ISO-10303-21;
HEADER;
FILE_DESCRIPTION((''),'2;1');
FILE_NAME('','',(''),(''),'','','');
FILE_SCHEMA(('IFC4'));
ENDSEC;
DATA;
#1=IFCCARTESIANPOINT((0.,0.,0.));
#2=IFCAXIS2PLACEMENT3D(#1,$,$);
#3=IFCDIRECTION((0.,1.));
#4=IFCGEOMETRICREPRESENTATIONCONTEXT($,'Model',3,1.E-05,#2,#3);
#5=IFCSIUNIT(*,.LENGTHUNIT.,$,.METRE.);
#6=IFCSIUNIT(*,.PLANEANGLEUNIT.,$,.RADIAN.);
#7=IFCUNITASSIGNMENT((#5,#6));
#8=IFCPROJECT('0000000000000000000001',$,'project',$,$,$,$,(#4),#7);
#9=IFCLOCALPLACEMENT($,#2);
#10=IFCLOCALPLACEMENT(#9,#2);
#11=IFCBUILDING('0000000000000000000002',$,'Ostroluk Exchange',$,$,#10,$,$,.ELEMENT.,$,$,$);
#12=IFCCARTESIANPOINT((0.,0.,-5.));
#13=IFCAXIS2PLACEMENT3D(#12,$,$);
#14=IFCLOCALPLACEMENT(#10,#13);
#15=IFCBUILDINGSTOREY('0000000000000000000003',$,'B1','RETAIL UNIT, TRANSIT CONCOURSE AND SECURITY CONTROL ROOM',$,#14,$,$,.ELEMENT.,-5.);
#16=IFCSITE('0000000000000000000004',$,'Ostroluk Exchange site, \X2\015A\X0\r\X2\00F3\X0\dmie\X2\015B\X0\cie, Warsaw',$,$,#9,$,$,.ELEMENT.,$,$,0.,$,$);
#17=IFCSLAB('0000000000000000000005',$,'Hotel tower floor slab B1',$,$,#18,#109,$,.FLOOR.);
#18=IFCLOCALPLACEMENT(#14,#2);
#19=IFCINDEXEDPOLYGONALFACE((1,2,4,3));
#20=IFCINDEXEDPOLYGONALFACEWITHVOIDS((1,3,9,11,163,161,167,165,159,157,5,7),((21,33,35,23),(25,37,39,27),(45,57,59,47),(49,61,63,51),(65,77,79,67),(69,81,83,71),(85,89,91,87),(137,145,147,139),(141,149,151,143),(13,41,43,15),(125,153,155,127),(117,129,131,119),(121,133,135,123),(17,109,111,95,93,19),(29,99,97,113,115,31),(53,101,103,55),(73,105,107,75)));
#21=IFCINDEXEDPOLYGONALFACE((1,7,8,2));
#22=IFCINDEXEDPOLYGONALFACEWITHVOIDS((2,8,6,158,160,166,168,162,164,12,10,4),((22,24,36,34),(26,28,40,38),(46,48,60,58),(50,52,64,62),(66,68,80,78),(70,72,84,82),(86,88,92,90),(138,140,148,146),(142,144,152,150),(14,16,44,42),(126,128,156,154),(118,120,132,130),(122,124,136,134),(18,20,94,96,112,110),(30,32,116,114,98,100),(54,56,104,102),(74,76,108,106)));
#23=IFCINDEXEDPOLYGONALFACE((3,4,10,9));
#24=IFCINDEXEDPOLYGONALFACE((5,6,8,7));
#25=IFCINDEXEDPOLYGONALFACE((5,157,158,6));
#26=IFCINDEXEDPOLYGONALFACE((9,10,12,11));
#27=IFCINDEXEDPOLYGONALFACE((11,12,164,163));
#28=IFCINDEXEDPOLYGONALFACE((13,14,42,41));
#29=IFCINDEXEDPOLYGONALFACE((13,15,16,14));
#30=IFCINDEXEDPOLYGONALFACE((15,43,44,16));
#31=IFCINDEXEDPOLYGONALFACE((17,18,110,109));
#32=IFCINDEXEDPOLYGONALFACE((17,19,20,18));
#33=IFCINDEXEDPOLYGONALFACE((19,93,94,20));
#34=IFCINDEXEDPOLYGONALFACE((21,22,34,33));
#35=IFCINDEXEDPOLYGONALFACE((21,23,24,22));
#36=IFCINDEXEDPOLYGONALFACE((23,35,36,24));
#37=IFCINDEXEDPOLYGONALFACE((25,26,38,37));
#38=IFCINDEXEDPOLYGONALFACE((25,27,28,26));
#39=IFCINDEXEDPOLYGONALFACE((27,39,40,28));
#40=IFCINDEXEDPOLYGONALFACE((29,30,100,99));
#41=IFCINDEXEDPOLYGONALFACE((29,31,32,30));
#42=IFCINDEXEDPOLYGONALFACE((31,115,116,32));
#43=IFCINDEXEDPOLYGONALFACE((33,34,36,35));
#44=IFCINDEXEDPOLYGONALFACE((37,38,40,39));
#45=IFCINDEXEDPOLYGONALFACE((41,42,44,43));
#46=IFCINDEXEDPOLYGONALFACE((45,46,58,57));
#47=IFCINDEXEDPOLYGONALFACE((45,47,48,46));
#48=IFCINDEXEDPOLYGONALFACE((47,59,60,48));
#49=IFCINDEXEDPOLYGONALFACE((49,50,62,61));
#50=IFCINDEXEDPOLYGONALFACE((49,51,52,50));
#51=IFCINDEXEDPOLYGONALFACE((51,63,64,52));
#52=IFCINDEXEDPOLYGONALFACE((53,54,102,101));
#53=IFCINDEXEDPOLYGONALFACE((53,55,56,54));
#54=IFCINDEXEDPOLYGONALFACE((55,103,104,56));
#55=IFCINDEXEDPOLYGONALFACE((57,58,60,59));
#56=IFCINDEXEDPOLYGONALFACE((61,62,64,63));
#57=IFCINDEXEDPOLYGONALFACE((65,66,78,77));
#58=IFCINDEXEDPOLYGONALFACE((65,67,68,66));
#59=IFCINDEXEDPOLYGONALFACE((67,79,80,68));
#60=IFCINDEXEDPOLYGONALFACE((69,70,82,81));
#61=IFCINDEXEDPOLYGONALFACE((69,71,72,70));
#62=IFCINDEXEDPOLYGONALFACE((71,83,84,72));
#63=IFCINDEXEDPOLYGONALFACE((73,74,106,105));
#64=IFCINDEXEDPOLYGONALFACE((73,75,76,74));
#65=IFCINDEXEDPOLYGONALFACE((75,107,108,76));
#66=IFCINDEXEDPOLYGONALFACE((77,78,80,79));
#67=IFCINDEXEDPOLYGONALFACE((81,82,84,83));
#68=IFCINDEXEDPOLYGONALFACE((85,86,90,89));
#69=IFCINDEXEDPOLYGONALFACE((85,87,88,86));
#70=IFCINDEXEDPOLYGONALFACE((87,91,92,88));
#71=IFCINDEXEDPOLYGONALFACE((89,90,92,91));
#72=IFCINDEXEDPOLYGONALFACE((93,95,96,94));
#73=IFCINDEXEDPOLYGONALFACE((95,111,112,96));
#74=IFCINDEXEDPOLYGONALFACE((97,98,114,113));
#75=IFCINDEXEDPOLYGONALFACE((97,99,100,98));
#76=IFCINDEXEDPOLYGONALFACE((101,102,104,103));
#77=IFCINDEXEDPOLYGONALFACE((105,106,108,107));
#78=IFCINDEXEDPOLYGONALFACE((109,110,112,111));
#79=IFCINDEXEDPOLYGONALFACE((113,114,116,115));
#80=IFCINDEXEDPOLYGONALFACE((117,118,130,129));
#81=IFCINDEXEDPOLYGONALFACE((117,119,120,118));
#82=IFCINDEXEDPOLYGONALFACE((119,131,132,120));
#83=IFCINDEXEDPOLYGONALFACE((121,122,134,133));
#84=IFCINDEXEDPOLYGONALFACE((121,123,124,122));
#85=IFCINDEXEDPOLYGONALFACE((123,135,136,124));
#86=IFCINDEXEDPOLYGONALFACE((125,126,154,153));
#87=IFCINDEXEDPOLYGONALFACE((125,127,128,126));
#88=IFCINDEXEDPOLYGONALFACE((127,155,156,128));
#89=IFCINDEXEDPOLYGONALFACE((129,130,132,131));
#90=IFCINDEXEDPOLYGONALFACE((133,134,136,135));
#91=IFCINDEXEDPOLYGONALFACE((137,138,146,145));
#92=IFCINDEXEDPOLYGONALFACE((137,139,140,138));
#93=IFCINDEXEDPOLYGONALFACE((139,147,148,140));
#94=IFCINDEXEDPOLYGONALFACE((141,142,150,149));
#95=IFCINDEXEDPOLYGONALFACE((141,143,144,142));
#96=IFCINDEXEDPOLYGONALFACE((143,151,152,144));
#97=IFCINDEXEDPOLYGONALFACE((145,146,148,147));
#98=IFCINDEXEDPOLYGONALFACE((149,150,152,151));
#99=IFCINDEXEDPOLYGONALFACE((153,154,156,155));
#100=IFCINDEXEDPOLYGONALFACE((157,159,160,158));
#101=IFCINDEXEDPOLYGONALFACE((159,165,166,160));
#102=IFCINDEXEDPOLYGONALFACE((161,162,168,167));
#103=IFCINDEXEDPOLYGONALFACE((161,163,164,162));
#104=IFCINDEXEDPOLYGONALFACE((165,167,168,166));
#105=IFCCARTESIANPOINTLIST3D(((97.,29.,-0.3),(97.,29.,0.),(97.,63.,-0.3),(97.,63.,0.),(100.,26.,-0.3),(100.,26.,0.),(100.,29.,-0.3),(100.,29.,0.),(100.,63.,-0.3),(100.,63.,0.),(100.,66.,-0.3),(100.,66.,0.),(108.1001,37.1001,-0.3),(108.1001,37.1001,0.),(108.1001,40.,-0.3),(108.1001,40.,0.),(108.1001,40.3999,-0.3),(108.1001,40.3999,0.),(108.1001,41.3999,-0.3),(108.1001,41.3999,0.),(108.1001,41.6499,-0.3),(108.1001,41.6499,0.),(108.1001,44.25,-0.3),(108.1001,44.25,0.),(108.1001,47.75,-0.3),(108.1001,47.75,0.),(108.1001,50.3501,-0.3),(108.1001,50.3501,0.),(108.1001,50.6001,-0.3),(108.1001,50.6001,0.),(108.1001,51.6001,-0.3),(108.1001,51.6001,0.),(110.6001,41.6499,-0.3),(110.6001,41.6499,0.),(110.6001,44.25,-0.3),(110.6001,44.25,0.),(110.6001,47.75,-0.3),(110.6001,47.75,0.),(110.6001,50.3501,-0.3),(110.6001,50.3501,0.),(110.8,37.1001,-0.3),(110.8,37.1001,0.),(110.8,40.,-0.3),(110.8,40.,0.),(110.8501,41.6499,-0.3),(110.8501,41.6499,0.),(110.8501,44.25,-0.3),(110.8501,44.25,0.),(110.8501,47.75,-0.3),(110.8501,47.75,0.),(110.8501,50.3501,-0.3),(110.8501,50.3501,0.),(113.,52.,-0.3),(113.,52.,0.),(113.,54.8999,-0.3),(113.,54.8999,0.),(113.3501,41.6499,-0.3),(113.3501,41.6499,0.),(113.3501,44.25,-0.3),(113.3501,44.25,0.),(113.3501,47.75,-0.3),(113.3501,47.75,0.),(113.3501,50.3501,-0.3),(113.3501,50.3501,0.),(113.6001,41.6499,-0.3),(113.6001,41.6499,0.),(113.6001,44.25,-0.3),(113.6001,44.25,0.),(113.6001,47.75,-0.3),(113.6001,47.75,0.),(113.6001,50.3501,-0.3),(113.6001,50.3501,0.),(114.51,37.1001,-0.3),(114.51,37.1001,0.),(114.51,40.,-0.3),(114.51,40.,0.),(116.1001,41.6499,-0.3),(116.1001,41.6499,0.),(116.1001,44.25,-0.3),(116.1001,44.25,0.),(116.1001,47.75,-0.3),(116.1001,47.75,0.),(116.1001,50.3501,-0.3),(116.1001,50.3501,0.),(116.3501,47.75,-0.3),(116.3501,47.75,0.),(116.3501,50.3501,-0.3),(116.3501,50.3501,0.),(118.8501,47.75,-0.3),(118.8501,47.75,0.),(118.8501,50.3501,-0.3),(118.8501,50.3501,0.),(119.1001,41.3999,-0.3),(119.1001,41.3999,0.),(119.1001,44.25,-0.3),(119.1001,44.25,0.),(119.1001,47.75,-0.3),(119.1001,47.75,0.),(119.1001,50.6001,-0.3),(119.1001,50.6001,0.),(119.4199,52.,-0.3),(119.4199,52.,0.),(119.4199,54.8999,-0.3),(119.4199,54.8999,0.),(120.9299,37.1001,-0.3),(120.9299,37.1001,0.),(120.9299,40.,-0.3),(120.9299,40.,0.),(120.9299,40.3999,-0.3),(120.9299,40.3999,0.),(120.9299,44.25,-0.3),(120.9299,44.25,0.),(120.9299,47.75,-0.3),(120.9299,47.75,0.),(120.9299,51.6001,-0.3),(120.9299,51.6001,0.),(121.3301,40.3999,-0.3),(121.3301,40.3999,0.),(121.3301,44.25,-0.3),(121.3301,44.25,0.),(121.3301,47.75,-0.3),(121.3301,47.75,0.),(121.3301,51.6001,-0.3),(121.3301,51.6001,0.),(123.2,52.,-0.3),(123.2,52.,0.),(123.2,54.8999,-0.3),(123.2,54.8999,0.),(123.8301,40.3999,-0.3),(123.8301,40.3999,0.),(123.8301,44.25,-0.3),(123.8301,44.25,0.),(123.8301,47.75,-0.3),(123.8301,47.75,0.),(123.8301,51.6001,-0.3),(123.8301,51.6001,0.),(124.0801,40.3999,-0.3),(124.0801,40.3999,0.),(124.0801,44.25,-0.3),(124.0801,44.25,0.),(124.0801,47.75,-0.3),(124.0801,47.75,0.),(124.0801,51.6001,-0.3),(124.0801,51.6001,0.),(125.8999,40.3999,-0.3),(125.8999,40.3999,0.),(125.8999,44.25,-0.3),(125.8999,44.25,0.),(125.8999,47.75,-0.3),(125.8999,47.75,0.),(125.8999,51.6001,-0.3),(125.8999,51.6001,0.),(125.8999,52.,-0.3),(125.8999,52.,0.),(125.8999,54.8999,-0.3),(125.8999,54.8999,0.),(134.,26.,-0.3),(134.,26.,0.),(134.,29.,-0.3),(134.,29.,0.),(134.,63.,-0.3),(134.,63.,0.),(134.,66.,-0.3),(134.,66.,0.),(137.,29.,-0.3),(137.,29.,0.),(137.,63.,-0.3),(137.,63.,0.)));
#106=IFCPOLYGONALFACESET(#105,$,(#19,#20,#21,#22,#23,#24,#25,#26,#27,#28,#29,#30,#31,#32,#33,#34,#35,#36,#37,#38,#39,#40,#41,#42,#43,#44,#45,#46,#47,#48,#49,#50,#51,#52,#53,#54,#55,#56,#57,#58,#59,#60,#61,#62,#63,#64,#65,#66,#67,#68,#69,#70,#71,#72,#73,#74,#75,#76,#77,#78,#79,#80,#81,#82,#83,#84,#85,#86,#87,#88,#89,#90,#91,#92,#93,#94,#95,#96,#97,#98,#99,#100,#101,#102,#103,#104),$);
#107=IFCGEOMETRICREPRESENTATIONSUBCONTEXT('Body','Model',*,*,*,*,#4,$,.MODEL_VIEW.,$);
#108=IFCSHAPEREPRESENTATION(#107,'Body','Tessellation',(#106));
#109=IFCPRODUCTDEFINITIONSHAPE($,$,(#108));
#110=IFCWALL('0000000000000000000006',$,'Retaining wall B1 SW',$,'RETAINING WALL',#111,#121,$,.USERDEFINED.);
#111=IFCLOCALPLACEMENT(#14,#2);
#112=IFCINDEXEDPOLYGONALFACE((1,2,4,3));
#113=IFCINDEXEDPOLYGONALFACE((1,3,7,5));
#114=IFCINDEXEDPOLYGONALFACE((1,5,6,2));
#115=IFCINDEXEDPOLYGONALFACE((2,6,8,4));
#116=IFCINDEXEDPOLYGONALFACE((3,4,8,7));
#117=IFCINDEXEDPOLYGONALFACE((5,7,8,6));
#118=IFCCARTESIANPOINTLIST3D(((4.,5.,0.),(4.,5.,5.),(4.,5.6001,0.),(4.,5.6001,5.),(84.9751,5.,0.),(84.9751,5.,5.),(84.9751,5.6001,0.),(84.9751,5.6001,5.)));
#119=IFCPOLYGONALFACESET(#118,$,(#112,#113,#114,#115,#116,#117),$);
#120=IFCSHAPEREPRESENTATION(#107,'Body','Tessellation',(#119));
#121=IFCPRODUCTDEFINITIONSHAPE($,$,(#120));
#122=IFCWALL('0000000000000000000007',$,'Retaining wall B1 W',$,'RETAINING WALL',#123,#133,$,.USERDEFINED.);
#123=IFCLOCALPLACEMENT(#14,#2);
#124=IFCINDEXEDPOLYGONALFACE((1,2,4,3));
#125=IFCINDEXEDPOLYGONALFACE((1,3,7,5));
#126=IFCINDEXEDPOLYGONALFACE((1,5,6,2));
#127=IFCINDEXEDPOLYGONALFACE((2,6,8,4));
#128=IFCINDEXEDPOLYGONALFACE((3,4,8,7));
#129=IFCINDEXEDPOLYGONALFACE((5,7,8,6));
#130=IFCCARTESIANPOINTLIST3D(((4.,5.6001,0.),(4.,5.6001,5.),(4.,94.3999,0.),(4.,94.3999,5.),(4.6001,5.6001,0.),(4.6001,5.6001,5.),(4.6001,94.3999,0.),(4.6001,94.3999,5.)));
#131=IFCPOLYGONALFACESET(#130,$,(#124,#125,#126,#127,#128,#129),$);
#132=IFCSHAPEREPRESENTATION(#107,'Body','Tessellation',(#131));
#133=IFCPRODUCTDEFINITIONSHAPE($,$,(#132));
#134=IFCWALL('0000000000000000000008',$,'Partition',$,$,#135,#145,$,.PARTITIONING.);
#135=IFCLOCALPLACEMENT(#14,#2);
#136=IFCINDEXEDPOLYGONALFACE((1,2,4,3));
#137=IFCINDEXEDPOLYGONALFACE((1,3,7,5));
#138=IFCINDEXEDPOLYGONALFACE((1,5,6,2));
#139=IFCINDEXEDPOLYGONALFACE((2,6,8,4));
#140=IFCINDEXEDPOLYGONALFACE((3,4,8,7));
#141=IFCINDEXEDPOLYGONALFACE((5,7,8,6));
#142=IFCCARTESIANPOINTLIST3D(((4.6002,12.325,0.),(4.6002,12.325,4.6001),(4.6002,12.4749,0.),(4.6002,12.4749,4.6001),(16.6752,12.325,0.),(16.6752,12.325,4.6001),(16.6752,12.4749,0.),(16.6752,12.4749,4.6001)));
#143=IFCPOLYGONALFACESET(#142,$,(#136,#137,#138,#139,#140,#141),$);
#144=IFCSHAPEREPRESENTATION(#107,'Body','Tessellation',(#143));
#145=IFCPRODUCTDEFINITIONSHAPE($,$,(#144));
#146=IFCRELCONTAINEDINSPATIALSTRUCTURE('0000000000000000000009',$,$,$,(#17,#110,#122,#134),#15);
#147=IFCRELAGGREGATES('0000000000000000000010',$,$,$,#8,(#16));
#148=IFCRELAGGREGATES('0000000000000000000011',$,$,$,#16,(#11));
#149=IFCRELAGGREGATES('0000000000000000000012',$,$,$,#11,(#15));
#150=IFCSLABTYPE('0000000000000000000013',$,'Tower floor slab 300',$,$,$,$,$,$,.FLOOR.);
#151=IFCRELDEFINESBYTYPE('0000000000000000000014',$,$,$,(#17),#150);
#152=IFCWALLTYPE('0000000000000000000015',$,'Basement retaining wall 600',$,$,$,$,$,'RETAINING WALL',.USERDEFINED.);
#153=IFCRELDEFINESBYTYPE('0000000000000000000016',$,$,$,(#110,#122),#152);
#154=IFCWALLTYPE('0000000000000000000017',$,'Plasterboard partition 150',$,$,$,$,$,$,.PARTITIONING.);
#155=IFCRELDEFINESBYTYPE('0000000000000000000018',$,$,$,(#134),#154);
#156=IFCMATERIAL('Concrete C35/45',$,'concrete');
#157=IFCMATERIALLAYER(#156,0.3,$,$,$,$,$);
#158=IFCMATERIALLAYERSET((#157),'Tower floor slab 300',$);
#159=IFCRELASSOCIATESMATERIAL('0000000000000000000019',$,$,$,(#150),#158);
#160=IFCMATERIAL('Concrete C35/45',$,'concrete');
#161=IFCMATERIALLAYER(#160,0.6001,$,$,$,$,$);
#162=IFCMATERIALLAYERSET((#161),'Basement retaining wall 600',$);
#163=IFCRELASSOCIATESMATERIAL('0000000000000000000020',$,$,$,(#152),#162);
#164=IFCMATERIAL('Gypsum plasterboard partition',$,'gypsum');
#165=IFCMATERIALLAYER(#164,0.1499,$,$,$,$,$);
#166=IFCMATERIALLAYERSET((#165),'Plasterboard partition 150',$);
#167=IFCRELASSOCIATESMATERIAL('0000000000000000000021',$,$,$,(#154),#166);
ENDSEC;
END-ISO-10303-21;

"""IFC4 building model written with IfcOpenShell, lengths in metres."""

from ifc_helpers import new_model, si_unit, direction, frame, frame_2d, origin, place, context, subcontext, project, spatial, polyline, rectangle, outline, extrude, material, layer, layer_set, type_object, element, save


model = new_model("IFC4")

# Units and contexts
model_context = context("Model", 3, precision=1e-05, world=origin(), true_north=direction((0.0, 1.0)))
body_context = subcontext(model_context, "Body", "Model", "MODEL_VIEW")
ifc_project = project(units=[si_unit("LENGTHUNIT", "METRE"), si_unit("PLANEANGLEUNIT", "RADIAN")], contexts=[model_context])

# Site, building, storey
site_placement = place(None, origin())
site = spatial("IfcSite", under=ifc_project, at=site_placement, Name="Ostroluk Exchange site, Śródmieście, Warsaw", CompositionType="ELEMENT", RefElevation=0.0)
building_placement = place(site_placement, origin())
building = spatial("IfcBuilding", under=site, at=building_placement, Name="Ostroluk Exchange", CompositionType="ELEMENT")
storey_placement = place(building_placement, frame((0.0, 0.0, -5.0)))
storey = spatial("IfcBuildingStorey", under=building, at=storey_placement, Name="B1", Description="RETAIL UNIT, TRANSIT CONCOURSE AND SECURITY CONTROL ROOM", CompositionType="ELEMENT", Elevation=-5.0)

# Slab
ifc_material_1 = material(Name="Concrete C35/45", Category="concrete")
ifc_layer_1 = layer(ifc_material_1, 0.3)
ifc_layer_set_1 = layer_set([ifc_layer_1], Name="Tower floor slab 300")
slab_type_1 = type_object("IfcSlabType", Name="Tower floor slab 300", PredefinedType="FLOOR", material=ifc_layer_set_1)
slab_1_placement = place(storey_placement, frame((0.0, 0.0, -0.3)))
element("IfcSlab", 1, at=slab_1_placement, inside=storey, type_object=slab_type_1, Name="Hotel tower floor slab B1", PredefinedType="FLOOR", context=body_context, shape_type="SweptSolid", body=[
    extrude(outline(polyline([(100.0, 26.0), (134.0, 26.0), (134.0, 29.0), (137.0, 29.0), (137.0, 63.0), (134.0, 63.0), (134.0, 66.0), (100.0, 66.0), (100.0, 63.0), (97.0, 63.0), (97.0, 29.0), (100.0, 29.0), (100.0, 26.0)]), holes=[polyline([(108.1001, 37.1001), (110.8, 37.1001), (110.8, 40.0), (108.1001, 40.0), (108.1001, 37.1001)]), polyline([(114.51, 37.1001), (120.9299, 37.1001), (120.9299, 40.0), (114.51, 40.0), (114.51, 37.1001)]), polyline([(113.0, 52.0), (119.4199, 52.0), (119.4199, 54.8999), (113.0, 54.8999), (113.0, 52.0)]), polyline([(123.2, 52.0), (125.8999, 52.0), (125.8999, 54.8999), (123.2, 54.8999), (123.2, 52.0)]), polyline([(108.1001, 47.75), (110.6001, 47.75), (110.6001, 50.3501), (108.1001, 50.3501), (108.1001, 47.75)]), polyline([(110.8501, 47.75), (113.3501, 47.75), (113.3501, 50.3501), (110.8501, 50.3501), (110.8501, 47.75)]), polyline([(113.6001, 47.75), (116.1001, 47.75), (116.1001, 50.3501), (113.6001, 50.3501), (113.6001, 47.75)]), polyline([(116.3501, 47.75), (118.8501, 47.75), (118.8501, 50.3501), (116.3501, 50.3501), (116.3501, 47.75)]), polyline([(108.1001, 41.6499), (110.6001, 41.6499), (110.6001, 44.25), (108.1001, 44.25), (108.1001, 41.6499)]), polyline([(110.8501, 41.6499), (113.3501, 41.6499), (113.3501, 44.25), (110.8501, 44.25), (110.8501, 41.6499)]), polyline([(113.6001, 41.6499), (116.1001, 41.6499), (116.1001, 44.25), (113.6001, 44.25), (113.6001, 41.6499)]), polyline([(121.3301, 47.75), (123.8301, 47.75), (123.8301, 51.6001), (121.3301, 51.6001), (121.3301, 47.75)]), polyline([(121.3301, 40.3999), (123.8301, 40.3999), (123.8301, 44.25), (121.3301, 44.25), (121.3301, 40.3999)]), polyline([(120.9299, 51.6001), (120.9299, 47.75), (119.1001, 47.75), (119.1001, 50.6001), (108.1001, 50.6001), (108.1001, 51.6001), (120.9299, 51.6001)]), polyline([(108.1001, 40.3999), (108.1001, 41.3999), (119.1001, 41.3999), (119.1001, 44.25), (120.9299, 44.25), (120.9299, 40.3999), (108.1001, 40.3999)]), polyline([(124.0801, 47.75), (125.8999, 47.75), (125.8999, 51.6001), (124.0801, 51.6001), (124.0801, 47.75)]), polyline([(124.0801, 40.3999), (125.8999, 40.3999), (125.8999, 44.25), (124.0801, 44.25), (124.0801, 40.3999)])]), origin(), (0.0, 0.0, 1.0), 0.3),
])

# Walls
ifc_material_2 = material(Name="Concrete C35/45", Category="concrete")
ifc_layer_2 = layer(ifc_material_2, 0.6001)
ifc_layer_set_2 = layer_set([ifc_layer_2], Name="Basement retaining wall 600")
wall_type_1 = type_object("IfcWallType", Name="Basement retaining wall 600", ElementType="RETAINING WALL", PredefinedType="USERDEFINED", material=ifc_layer_set_2)
wall_1_placement = place(storey_placement, frame((4.0, 5.3, 0.0), z_axis=(0.0, 0.0, 1.0), x_axis=(1.0, 0.0, 0.0)))
element("IfcWall", 2, at=wall_1_placement, inside=storey, type_object=wall_type_1, Name="Retaining wall B1 SW", ObjectType="RETAINING WALL", PredefinedType="USERDEFINED", context=body_context, shape_type="SweptSolid", body=[
    extrude(rectangle(XDim=80.9751, YDim=0.6001, at=frame_2d((40.4875, 0.0))), origin(), (0.0, 0.0, 1.0), 5.0),
])
wall_2_placement = place(storey_placement, frame((4.3, 5.6001, 0.0), z_axis=(0.0, 0.0, 1.0), x_axis=(0.0, 1.0, 0.0)))
element("IfcWall", 3, at=wall_2_placement, inside=storey, type_object=wall_type_1, Name="Retaining wall B1 W", ObjectType="RETAINING WALL", PredefinedType="USERDEFINED", context=body_context, shape_type="SweptSolid", body=[
    extrude(rectangle(XDim=88.7998, YDim=0.6001, at=frame_2d((44.3999, 0.0))), origin(), (0.0, 0.0, 1.0), 5.0),
])
ifc_material_3 = material(Name="Gypsum plasterboard partition", Category="gypsum")
ifc_layer_3 = layer(ifc_material_3, 0.1499)
ifc_layer_set_3 = layer_set([ifc_layer_3], Name="Plasterboard partition 150")
wall_type_2 = type_object("IfcWallType", Name="Plasterboard partition 150", PredefinedType="PARTITIONING", material=ifc_layer_set_3)
wall_3_placement = place(storey_placement, frame((4.6001, 12.3999, 0.0), z_axis=(0.0, 0.0, 1.0), x_axis=(1.0, 0.0, 0.0)))
element("IfcWall", 4, at=wall_3_placement, inside=storey, type_object=wall_type_2, Name="Partition", PredefinedType="PARTITIONING", context=body_context, shape_type="SweptSolid", body=[
    extrude(rectangle(XDim=12.075, YDim=0.1499, at=frame_2d((6.0376, 0.0))), origin(), (0.0, 0.0, 1.0), 4.6001),
])

save(model, "model.ifc")
